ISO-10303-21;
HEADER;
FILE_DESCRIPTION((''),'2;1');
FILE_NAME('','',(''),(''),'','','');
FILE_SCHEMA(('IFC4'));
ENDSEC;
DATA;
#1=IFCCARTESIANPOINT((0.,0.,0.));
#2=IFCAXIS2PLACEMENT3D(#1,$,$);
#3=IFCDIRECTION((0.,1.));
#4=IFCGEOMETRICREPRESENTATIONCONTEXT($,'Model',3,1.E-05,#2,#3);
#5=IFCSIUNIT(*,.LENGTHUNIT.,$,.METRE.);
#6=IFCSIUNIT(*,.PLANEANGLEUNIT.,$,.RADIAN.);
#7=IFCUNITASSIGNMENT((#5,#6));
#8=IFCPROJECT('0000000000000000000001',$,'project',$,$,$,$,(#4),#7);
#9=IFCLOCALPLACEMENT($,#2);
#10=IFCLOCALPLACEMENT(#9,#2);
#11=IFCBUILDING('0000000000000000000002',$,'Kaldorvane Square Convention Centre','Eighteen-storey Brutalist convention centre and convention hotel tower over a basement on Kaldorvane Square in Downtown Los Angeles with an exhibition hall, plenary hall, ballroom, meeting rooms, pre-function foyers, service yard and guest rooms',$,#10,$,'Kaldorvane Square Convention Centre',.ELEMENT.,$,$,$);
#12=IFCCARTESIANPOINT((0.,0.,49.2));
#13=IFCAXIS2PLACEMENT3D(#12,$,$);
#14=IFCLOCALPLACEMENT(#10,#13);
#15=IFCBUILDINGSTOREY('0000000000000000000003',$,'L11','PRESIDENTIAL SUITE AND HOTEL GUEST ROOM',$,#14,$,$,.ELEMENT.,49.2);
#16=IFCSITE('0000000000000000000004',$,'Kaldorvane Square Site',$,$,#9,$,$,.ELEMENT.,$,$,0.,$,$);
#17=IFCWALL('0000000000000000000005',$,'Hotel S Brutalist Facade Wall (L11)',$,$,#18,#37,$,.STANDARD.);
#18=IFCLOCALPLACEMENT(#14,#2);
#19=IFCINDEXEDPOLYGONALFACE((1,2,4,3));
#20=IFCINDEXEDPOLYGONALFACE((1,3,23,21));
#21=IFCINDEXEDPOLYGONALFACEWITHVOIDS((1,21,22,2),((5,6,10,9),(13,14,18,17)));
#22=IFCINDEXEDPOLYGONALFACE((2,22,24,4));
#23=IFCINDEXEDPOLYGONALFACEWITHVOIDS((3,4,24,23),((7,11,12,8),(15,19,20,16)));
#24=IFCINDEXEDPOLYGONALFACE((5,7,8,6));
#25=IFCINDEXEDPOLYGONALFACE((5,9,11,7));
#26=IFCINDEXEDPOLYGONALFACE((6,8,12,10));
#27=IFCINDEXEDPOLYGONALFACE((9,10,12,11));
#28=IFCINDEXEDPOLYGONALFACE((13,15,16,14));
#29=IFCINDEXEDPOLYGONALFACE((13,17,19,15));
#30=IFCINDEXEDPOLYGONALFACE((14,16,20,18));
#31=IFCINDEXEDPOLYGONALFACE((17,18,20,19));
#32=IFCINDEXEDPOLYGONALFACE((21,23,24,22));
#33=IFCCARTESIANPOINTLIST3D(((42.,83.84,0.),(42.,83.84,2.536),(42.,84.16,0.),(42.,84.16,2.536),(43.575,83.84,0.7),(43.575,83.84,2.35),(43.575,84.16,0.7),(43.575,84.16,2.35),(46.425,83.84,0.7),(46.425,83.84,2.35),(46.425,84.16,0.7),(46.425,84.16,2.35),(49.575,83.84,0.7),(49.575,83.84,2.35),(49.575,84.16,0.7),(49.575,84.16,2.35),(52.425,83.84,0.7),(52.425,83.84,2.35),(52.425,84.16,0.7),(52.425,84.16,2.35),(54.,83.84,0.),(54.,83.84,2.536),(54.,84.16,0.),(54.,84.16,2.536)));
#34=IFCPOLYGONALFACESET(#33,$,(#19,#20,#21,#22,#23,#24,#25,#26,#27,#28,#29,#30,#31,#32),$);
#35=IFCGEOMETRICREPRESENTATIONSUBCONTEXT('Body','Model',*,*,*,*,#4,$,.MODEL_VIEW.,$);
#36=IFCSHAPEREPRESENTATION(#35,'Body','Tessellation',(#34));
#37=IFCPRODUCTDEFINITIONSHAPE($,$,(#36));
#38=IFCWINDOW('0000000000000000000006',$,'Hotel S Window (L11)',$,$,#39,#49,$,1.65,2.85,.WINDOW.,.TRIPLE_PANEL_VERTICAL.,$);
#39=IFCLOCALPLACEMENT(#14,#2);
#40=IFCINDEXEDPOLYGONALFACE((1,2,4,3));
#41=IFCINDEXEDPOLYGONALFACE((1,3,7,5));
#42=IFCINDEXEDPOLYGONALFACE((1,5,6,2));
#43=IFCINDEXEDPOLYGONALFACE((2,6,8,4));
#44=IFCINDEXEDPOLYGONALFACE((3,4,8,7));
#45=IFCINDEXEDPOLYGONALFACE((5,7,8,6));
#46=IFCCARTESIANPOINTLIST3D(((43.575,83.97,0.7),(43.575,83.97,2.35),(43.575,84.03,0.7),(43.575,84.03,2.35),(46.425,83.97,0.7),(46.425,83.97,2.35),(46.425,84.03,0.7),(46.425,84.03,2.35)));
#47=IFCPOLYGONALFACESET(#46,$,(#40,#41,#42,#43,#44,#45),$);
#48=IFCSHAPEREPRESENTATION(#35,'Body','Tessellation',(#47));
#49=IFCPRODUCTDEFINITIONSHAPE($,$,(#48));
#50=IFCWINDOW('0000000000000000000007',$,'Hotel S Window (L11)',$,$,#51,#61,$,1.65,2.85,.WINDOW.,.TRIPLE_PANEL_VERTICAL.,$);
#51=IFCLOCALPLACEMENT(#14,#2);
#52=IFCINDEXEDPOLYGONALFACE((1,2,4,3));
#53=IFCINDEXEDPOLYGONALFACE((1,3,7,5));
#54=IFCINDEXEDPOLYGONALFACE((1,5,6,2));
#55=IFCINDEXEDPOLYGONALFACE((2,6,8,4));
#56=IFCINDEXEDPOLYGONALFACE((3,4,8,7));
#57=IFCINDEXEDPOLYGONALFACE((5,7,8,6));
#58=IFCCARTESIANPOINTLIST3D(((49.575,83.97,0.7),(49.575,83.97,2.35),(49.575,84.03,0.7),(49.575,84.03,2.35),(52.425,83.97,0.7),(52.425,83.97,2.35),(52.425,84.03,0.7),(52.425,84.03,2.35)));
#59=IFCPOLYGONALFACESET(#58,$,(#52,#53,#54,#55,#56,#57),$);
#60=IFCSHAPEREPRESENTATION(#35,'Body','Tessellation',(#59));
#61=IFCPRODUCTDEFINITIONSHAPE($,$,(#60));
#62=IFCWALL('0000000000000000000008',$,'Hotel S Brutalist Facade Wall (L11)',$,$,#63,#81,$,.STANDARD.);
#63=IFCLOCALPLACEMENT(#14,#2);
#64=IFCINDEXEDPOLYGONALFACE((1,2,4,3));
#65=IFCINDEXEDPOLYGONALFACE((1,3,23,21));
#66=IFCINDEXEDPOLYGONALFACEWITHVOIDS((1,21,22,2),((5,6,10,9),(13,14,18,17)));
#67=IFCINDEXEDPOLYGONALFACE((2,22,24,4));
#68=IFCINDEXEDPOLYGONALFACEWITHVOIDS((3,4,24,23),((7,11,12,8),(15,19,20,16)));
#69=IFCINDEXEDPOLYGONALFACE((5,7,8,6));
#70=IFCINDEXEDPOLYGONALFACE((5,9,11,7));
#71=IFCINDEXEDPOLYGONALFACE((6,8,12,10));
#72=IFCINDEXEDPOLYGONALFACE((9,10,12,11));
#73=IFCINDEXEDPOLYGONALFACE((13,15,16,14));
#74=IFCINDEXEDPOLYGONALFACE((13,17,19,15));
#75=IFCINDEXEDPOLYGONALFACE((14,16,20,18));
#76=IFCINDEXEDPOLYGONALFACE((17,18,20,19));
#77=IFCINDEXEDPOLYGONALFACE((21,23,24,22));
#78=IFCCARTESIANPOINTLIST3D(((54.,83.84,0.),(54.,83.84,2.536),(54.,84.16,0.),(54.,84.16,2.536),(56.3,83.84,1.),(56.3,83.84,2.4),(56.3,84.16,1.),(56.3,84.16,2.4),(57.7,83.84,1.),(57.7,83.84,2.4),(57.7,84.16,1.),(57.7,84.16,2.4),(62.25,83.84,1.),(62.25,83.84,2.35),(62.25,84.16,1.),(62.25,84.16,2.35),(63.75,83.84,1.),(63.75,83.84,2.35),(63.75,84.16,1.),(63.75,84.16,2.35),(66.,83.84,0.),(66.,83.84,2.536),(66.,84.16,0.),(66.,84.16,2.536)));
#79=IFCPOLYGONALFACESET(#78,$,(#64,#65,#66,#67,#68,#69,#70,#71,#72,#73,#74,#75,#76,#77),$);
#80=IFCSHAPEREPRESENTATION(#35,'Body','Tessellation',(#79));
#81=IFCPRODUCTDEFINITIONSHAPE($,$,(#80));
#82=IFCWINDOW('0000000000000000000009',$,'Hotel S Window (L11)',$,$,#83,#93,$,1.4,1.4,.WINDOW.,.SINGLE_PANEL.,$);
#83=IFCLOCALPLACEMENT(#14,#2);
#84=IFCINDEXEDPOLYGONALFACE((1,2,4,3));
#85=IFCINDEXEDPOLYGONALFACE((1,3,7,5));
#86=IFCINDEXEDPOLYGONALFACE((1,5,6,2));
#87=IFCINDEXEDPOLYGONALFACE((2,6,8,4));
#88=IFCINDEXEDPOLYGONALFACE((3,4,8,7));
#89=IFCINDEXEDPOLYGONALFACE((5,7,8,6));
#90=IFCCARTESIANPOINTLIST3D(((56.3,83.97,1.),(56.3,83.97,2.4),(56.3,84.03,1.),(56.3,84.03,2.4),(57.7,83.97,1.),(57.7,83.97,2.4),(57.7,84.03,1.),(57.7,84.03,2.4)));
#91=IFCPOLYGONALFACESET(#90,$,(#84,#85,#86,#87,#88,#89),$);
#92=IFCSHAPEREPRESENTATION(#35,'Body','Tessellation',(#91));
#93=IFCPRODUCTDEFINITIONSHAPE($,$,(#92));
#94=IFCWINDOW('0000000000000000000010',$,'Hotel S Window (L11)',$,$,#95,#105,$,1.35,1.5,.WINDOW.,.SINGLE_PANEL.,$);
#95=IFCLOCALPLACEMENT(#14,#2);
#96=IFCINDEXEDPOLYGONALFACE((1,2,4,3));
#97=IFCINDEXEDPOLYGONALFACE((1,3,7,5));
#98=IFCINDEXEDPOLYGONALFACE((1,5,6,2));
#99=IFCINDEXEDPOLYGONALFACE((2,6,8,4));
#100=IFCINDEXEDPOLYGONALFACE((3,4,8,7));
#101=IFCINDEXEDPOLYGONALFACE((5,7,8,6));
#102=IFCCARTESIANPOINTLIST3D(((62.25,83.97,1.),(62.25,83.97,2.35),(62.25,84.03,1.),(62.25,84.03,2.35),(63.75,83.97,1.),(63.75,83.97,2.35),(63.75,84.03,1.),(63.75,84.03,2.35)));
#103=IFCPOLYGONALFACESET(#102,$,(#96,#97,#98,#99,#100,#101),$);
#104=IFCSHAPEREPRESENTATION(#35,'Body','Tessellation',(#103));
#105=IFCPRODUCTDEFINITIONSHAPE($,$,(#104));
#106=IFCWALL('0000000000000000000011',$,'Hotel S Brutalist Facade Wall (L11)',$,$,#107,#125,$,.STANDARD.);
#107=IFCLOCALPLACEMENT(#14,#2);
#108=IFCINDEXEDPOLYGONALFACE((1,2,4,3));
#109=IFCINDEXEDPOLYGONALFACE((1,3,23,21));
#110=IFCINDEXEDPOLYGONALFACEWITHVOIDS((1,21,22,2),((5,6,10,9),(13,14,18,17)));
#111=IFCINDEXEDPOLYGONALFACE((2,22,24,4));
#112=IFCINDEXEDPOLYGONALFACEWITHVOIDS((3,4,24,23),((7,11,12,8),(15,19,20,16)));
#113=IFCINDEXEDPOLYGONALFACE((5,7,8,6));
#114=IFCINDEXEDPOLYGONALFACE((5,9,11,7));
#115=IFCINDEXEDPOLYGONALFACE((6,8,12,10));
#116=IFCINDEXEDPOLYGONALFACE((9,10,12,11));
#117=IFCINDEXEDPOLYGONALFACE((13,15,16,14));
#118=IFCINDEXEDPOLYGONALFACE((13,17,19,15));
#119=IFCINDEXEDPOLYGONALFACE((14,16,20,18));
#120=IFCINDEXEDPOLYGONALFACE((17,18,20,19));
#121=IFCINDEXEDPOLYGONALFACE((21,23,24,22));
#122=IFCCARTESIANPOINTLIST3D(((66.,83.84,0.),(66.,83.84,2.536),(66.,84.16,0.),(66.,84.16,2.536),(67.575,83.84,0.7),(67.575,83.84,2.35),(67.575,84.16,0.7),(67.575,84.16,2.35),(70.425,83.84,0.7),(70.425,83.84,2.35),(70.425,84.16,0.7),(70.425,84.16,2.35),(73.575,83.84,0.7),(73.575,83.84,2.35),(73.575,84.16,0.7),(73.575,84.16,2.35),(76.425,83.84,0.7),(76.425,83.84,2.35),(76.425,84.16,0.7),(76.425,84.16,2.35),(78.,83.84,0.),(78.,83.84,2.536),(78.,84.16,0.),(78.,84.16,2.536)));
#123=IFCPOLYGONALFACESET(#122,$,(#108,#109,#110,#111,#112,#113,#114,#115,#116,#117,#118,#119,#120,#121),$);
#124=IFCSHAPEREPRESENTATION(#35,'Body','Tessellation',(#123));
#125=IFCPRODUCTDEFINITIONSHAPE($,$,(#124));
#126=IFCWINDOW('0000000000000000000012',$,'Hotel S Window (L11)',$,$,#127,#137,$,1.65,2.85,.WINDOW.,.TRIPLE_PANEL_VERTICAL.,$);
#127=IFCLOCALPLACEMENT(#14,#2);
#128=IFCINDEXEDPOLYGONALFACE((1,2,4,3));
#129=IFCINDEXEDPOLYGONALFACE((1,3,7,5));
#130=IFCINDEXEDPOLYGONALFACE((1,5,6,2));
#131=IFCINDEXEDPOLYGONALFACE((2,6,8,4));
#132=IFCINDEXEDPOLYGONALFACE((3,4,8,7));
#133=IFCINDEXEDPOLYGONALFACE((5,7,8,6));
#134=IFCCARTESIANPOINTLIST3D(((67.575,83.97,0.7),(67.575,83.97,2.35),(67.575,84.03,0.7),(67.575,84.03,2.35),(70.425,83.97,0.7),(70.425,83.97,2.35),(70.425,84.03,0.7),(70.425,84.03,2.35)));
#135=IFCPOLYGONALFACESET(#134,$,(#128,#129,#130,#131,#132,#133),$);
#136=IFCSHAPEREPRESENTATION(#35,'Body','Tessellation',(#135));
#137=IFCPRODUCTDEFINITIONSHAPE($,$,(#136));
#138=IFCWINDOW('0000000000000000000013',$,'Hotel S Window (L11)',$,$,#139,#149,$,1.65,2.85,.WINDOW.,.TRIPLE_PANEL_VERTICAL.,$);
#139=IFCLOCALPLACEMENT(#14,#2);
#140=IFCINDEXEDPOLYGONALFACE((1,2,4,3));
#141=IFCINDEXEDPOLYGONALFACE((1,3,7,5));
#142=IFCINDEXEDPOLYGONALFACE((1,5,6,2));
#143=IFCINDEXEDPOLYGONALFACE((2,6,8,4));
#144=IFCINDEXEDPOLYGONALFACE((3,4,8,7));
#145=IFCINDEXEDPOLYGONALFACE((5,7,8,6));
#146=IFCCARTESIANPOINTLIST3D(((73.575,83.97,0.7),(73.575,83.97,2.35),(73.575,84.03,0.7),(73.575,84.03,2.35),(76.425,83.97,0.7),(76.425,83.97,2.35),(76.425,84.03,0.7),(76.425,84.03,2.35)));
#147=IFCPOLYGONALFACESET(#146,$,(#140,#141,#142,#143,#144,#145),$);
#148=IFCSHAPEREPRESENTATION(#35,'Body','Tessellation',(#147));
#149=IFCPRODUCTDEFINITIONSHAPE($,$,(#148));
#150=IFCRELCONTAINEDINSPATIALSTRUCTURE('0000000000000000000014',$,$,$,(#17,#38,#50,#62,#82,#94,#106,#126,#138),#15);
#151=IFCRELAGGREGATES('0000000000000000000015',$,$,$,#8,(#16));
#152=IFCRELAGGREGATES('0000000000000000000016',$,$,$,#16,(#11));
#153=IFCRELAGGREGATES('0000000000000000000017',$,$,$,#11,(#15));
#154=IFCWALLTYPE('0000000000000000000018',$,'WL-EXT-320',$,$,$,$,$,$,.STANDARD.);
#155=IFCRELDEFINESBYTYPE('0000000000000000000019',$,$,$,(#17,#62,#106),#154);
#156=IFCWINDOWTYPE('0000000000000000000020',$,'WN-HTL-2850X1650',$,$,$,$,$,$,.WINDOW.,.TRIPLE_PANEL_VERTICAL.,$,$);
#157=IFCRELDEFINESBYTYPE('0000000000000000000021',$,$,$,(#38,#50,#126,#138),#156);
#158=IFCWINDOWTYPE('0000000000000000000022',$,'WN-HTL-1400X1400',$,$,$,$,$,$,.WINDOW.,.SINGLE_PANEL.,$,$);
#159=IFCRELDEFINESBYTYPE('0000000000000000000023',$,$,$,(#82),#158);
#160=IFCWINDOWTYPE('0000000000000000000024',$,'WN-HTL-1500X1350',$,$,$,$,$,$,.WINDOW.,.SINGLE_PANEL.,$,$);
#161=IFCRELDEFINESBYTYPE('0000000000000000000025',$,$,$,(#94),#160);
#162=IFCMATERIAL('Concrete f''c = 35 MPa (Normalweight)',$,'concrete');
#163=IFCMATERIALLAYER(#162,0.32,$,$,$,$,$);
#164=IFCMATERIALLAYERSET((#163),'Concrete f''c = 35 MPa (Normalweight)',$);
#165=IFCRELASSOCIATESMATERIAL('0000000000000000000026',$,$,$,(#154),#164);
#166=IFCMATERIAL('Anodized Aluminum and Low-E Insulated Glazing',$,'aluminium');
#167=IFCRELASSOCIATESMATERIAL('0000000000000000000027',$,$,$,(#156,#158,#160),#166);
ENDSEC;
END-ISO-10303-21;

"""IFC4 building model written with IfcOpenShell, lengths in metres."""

from ifc_helpers import new_model, si_unit, direction, frame, frame_2d, origin, place, context, subcontext, project, spatial, rectangle, extrude, material, layer, layer_set, type_object, element, fill, save


model = new_model("IFC4")

# Units and contexts
model_context = context("Model", 3, precision=1e-05, world=origin(), true_north=direction((0.0, 1.0)))
body_context = subcontext(model_context, "Body", "Model", "MODEL_VIEW")
ifc_project = project(units=[si_unit("LENGTHUNIT", "METRE"), si_unit("PLANEANGLEUNIT", "RADIAN")], contexts=[model_context])

# Site, building, storey
site_placement = place(None, origin())
site = spatial("IfcSite", under=ifc_project, at=site_placement, Name="Kaldorvane Square Site", CompositionType="ELEMENT", RefElevation=0.0)
building_placement = place(site_placement, origin())
building = spatial("IfcBuilding", under=site, at=building_placement, Name="Kaldorvane Square Convention Centre", Description="Eighteen-storey Brutalist convention centre and convention hotel tower over a basement on Kaldorvane Square in Downtown Los Angeles with an exhibition hall, plenary hall, ballroom, meeting rooms, pre-function foyers, service yard and guest rooms", LongName="Kaldorvane Square Convention Centre", CompositionType="ELEMENT")
storey_placement = place(building_placement, frame((0.0, 0.0, 49.2)))
storey = spatial("IfcBuildingStorey", under=building, at=storey_placement, Name="L11", Description="PRESIDENTIAL SUITE AND HOTEL GUEST ROOM", CompositionType="ELEMENT", Elevation=49.2)

# Shared definitions
ifc_material_1 = material(Name="Concrete f'c = 35 MPa (Normalweight)", Category="concrete")
ifc_layer_1 = layer(ifc_material_1, 0.32)
ifc_layer_set_1 = layer_set([ifc_layer_1], Name="Concrete f'c = 35 MPa (Normalweight)")
wall_type_1 = type_object("IfcWallType", Name="WL-EXT-320", PredefinedType="STANDARD", material=ifc_layer_set_1)
ifc_material_2 = material(Name="Anodized Aluminum and Low-E Insulated Glazing", Category="aluminium")
window_type_1 = type_object("IfcWindowType", Name="WN-HTL-2850X1650", PartitioningType="TRIPLE_PANEL_VERTICAL", PredefinedType="WINDOW", material=ifc_material_2)

# Walls, openings, windows
wall_1_placement = place(storey_placement, frame((42.0, 84.0, 0.0), z_axis=(0.0, 0.0, 1.0), x_axis=(1.0, 0.0, 0.0)))
wall_1 = element("IfcWall", 1, at=wall_1_placement, inside=storey, type_object=wall_type_1, Name="Hotel S Brutalist Facade Wall (L11)", PredefinedType="STANDARD", context=body_context, shape_type="SweptSolid", body=[
    extrude(rectangle(XDim=12.0, YDim=0.32, at=frame_2d((6.0, 0.0))), origin(), (0.0, 0.0, 1.0), 2.536),
])
opening_1_placement = place(wall_1_placement, frame((1.575, 0.0, 0.7)))
opening_1 = element("IfcOpeningElement", 2, at=opening_1_placement, cuts=wall_1, PredefinedType="OPENING", context=body_context, shape_type="SweptSolid", body=[
    extrude(rectangle(XDim=2.85, YDim=1.65, at=frame_2d((1.425, 0.825))), frame((0.0, 0.175, 0.0), z_axis=(0.0, -1.0, 0.0), x_axis=(1.0, 0.0, 0.0)), (0.0, 0.0, 1.0), 0.35),
])
opening_2_placement = place(wall_1_placement, frame((7.575, 0.0, 0.7)))
opening_2 = element("IfcOpeningElement", 3, at=opening_2_placement, cuts=wall_1, PredefinedType="OPENING", context=body_context, shape_type="SweptSolid", body=[
    extrude(rectangle(XDim=2.85, YDim=1.65, at=frame_2d((1.425, 0.825))), frame((0.0, 0.175, 0.0), z_axis=(0.0, -1.0, 0.0), x_axis=(1.0, 0.0, 0.0)), (0.0, 0.0, 1.0), 0.35),
])
window_1_placement = place(opening_1_placement, origin())
window_1 = element("IfcWindow", 4, at=window_1_placement, inside=storey, type_object=window_type_1, Name="Hotel S Window (L11)", OverallHeight=1.65, OverallWidth=2.85, PartitioningType="TRIPLE_PANEL_VERTICAL", PredefinedType="WINDOW", context=body_context, shape_type="SweptSolid", body=[
    extrude(rectangle(XDim=2.85, YDim=1.65, at=frame_2d((1.425, 0.825))), frame((0.0, 0.03, 0.0), z_axis=(0.0, -1.0, 0.0), x_axis=(1.0, 0.0, 0.0)), (0.0, 0.0, 1.0), 0.06),
])
fill(opening_1, window_1)
window_2_placement = place(opening_2_placement, origin())
window_2 = element("IfcWindow", 5, at=window_2_placement, inside=storey, type_object=window_type_1, Name="Hotel S Window (L11)", OverallHeight=1.65, OverallWidth=2.85, PartitioningType="TRIPLE_PANEL_VERTICAL", PredefinedType="WINDOW", context=body_context, shape_type="SweptSolid", body=[
    extrude(rectangle(XDim=2.85, YDim=1.65, at=frame_2d((1.425, 0.825))), frame((0.0, 0.03, 0.0), z_axis=(0.0, -1.0, 0.0), x_axis=(1.0, 0.0, 0.0)), (0.0, 0.0, 1.0), 0.06),
])
fill(opening_2, window_2)
wall_2_placement = place(storey_placement, frame((54.0, 84.0, 0.0), z_axis=(0.0, 0.0, 1.0), x_axis=(1.0, 0.0, 0.0)))
wall_2 = element("IfcWall", 6, at=wall_2_placement, inside=storey, type_object=wall_type_1, Name="Hotel S Brutalist Facade Wall (L11)", PredefinedType="STANDARD", context=body_context, shape_type="SweptSolid", body=[
    extrude(rectangle(XDim=12.0, YDim=0.32, at=frame_2d((6.0, 0.0))), origin(), (0.0, 0.0, 1.0), 2.536),
])
opening_3_placement = place(wall_2_placement, frame((2.3, 0.0, 1.0)))
opening_3 = element("IfcOpeningElement", 7, at=opening_3_placement, cuts=wall_2, PredefinedType="OPENING", context=body_context, shape_type="SweptSolid", body=[
    extrude(rectangle(XDim=1.4, YDim=1.4, at=frame_2d((0.7, 0.7))), frame((0.0, 0.175, 0.0), z_axis=(0.0, -1.0, 0.0), x_axis=(1.0, 0.0, 0.0)), (0.0, 0.0, 1.0), 0.35),
])
opening_4_placement = place(wall_2_placement, frame((8.25, 0.0, 1.0)))
opening_4 = element("IfcOpeningElement", 8, at=opening_4_placement, cuts=wall_2, PredefinedType="OPENING", context=body_context, shape_type="SweptSolid", body=[
    extrude(rectangle(XDim=1.5, YDim=1.35, at=frame_2d((0.75, 0.675))), frame((0.0, 0.175, 0.0), z_axis=(0.0, -1.0, 0.0), x_axis=(1.0, 0.0, 0.0)), (0.0, 0.0, 1.0), 0.35),
])
window_type_2 = type_object("IfcWindowType", Name="WN-HTL-1400X1400", PartitioningType="SINGLE_PANEL", PredefinedType="WINDOW", material=ifc_material_2)
window_3_placement = place(opening_3_placement, origin())
window_3 = element("IfcWindow", 9, at=window_3_placement, inside=storey, type_object=window_type_2, Name="Hotel S Window (L11)", OverallHeight=1.4, OverallWidth=1.4, PartitioningType="SINGLE_PANEL", PredefinedType="WINDOW", context=body_context, shape_type="SweptSolid", body=[
    extrude(rectangle(XDim=1.4, YDim=1.4, at=frame_2d((0.7, 0.7))), frame((0.0, 0.03, 0.0), z_axis=(0.0, -1.0, 0.0), x_axis=(1.0, 0.0, 0.0)), (0.0, 0.0, 1.0), 0.06),
])
fill(opening_3, window_3)
window_type_3 = type_object("IfcWindowType", Name="WN-HTL-1500X1350", PartitioningType="SINGLE_PANEL", PredefinedType="WINDOW", material=ifc_material_2)
window_4_placement = place(opening_4_placement, origin())
window_4 = element("IfcWindow", 10, at=window_4_placement, inside=storey, type_object=window_type_3, Name="Hotel S Window (L11)", OverallHeight=1.35, OverallWidth=1.5, PartitioningType="SINGLE_PANEL", PredefinedType="WINDOW", context=body_context, shape_type="SweptSolid", body=[
    extrude(rectangle(XDim=1.5, YDim=1.35, at=frame_2d((0.75, 0.675))), frame((0.0, 0.03, 0.0), z_axis=(0.0, -1.0, 0.0), x_axis=(1.0, 0.0, 0.0)), (0.0, 0.0, 1.0), 0.06),
])
fill(opening_4, window_4)
wall_3_placement = place(storey_placement, frame((66.0, 84.0, 0.0), z_axis=(0.0, 0.0, 1.0), x_axis=(1.0, 0.0, 0.0)))
wall_3 = element("IfcWall", 11, at=wall_3_placement, inside=storey, type_object=wall_type_1, Name="Hotel S Brutalist Facade Wall (L11)", PredefinedType="STANDARD", context=body_context, shape_type="SweptSolid", body=[
    extrude(rectangle(XDim=12.0, YDim=0.32, at=frame_2d((6.0, 0.0))), origin(), (0.0, 0.0, 1.0), 2.536),
])
opening_5_placement = place(wall_3_placement, frame((1.575, 0.0, 0.7)))
opening_5 = element("IfcOpeningElement", 12, at=opening_5_placement, cuts=wall_3, PredefinedType="OPENING", context=body_context, shape_type="SweptSolid", body=[
    extrude(rectangle(XDim=2.85, YDim=1.65, at=frame_2d((1.425, 0.825))), frame((0.0, 0.175, 0.0), z_axis=(0.0, -1.0, 0.0), x_axis=(1.0, 0.0, 0.0)), (0.0, 0.0, 1.0), 0.35),
])
opening_6_placement = place(wall_3_placement, frame((7.575, 0.0, 0.7)))
opening_6 = element("IfcOpeningElement", 13, at=opening_6_placement, cuts=wall_3, PredefinedType="OPENING", context=body_context, shape_type="SweptSolid", body=[
    extrude(rectangle(XDim=2.85, YDim=1.65, at=frame_2d((1.425, 0.825))), frame((0.0, 0.175, 0.0), z_axis=(0.0, -1.0, 0.0), x_axis=(1.0, 0.0, 0.0)), (0.0, 0.0, 1.0), 0.35),
])
window_5_placement = place(opening_5_placement, origin())
window_5 = element("IfcWindow", 14, at=window_5_placement, inside=storey, type_object=window_type_1, Name="Hotel S Window (L11)", OverallHeight=1.65, OverallWidth=2.85, PartitioningType="TRIPLE_PANEL_VERTICAL", PredefinedType="WINDOW", context=body_context, shape_type="SweptSolid", body=[
    extrude(rectangle(XDim=2.85, YDim=1.65, at=frame_2d((1.425, 0.825))), frame((0.0, 0.03, 0.0), z_axis=(0.0, -1.0, 0.0), x_axis=(1.0, 0.0, 0.0)), (0.0, 0.0, 1.0), 0.06),
])
fill(opening_5, window_5)
window_6_placement = place(opening_6_placement, origin())
window_6 = element("IfcWindow", 15, at=window_6_placement, inside=storey, type_object=window_type_1, Name="Hotel S Window (L11)", OverallHeight=1.65, OverallWidth=2.85, PartitioningType="TRIPLE_PANEL_VERTICAL", PredefinedType="WINDOW", context=body_context, shape_type="SweptSolid", body=[
    extrude(rectangle(XDim=2.85, YDim=1.65, at=frame_2d((1.425, 0.825))), frame((0.0, 0.03, 0.0), z_axis=(0.0, -1.0, 0.0), x_axis=(1.0, 0.0, 0.0)), (0.0, 0.0, 1.0), 0.06),
])
fill(opening_6, window_6)

save(model, "model.ifc")
